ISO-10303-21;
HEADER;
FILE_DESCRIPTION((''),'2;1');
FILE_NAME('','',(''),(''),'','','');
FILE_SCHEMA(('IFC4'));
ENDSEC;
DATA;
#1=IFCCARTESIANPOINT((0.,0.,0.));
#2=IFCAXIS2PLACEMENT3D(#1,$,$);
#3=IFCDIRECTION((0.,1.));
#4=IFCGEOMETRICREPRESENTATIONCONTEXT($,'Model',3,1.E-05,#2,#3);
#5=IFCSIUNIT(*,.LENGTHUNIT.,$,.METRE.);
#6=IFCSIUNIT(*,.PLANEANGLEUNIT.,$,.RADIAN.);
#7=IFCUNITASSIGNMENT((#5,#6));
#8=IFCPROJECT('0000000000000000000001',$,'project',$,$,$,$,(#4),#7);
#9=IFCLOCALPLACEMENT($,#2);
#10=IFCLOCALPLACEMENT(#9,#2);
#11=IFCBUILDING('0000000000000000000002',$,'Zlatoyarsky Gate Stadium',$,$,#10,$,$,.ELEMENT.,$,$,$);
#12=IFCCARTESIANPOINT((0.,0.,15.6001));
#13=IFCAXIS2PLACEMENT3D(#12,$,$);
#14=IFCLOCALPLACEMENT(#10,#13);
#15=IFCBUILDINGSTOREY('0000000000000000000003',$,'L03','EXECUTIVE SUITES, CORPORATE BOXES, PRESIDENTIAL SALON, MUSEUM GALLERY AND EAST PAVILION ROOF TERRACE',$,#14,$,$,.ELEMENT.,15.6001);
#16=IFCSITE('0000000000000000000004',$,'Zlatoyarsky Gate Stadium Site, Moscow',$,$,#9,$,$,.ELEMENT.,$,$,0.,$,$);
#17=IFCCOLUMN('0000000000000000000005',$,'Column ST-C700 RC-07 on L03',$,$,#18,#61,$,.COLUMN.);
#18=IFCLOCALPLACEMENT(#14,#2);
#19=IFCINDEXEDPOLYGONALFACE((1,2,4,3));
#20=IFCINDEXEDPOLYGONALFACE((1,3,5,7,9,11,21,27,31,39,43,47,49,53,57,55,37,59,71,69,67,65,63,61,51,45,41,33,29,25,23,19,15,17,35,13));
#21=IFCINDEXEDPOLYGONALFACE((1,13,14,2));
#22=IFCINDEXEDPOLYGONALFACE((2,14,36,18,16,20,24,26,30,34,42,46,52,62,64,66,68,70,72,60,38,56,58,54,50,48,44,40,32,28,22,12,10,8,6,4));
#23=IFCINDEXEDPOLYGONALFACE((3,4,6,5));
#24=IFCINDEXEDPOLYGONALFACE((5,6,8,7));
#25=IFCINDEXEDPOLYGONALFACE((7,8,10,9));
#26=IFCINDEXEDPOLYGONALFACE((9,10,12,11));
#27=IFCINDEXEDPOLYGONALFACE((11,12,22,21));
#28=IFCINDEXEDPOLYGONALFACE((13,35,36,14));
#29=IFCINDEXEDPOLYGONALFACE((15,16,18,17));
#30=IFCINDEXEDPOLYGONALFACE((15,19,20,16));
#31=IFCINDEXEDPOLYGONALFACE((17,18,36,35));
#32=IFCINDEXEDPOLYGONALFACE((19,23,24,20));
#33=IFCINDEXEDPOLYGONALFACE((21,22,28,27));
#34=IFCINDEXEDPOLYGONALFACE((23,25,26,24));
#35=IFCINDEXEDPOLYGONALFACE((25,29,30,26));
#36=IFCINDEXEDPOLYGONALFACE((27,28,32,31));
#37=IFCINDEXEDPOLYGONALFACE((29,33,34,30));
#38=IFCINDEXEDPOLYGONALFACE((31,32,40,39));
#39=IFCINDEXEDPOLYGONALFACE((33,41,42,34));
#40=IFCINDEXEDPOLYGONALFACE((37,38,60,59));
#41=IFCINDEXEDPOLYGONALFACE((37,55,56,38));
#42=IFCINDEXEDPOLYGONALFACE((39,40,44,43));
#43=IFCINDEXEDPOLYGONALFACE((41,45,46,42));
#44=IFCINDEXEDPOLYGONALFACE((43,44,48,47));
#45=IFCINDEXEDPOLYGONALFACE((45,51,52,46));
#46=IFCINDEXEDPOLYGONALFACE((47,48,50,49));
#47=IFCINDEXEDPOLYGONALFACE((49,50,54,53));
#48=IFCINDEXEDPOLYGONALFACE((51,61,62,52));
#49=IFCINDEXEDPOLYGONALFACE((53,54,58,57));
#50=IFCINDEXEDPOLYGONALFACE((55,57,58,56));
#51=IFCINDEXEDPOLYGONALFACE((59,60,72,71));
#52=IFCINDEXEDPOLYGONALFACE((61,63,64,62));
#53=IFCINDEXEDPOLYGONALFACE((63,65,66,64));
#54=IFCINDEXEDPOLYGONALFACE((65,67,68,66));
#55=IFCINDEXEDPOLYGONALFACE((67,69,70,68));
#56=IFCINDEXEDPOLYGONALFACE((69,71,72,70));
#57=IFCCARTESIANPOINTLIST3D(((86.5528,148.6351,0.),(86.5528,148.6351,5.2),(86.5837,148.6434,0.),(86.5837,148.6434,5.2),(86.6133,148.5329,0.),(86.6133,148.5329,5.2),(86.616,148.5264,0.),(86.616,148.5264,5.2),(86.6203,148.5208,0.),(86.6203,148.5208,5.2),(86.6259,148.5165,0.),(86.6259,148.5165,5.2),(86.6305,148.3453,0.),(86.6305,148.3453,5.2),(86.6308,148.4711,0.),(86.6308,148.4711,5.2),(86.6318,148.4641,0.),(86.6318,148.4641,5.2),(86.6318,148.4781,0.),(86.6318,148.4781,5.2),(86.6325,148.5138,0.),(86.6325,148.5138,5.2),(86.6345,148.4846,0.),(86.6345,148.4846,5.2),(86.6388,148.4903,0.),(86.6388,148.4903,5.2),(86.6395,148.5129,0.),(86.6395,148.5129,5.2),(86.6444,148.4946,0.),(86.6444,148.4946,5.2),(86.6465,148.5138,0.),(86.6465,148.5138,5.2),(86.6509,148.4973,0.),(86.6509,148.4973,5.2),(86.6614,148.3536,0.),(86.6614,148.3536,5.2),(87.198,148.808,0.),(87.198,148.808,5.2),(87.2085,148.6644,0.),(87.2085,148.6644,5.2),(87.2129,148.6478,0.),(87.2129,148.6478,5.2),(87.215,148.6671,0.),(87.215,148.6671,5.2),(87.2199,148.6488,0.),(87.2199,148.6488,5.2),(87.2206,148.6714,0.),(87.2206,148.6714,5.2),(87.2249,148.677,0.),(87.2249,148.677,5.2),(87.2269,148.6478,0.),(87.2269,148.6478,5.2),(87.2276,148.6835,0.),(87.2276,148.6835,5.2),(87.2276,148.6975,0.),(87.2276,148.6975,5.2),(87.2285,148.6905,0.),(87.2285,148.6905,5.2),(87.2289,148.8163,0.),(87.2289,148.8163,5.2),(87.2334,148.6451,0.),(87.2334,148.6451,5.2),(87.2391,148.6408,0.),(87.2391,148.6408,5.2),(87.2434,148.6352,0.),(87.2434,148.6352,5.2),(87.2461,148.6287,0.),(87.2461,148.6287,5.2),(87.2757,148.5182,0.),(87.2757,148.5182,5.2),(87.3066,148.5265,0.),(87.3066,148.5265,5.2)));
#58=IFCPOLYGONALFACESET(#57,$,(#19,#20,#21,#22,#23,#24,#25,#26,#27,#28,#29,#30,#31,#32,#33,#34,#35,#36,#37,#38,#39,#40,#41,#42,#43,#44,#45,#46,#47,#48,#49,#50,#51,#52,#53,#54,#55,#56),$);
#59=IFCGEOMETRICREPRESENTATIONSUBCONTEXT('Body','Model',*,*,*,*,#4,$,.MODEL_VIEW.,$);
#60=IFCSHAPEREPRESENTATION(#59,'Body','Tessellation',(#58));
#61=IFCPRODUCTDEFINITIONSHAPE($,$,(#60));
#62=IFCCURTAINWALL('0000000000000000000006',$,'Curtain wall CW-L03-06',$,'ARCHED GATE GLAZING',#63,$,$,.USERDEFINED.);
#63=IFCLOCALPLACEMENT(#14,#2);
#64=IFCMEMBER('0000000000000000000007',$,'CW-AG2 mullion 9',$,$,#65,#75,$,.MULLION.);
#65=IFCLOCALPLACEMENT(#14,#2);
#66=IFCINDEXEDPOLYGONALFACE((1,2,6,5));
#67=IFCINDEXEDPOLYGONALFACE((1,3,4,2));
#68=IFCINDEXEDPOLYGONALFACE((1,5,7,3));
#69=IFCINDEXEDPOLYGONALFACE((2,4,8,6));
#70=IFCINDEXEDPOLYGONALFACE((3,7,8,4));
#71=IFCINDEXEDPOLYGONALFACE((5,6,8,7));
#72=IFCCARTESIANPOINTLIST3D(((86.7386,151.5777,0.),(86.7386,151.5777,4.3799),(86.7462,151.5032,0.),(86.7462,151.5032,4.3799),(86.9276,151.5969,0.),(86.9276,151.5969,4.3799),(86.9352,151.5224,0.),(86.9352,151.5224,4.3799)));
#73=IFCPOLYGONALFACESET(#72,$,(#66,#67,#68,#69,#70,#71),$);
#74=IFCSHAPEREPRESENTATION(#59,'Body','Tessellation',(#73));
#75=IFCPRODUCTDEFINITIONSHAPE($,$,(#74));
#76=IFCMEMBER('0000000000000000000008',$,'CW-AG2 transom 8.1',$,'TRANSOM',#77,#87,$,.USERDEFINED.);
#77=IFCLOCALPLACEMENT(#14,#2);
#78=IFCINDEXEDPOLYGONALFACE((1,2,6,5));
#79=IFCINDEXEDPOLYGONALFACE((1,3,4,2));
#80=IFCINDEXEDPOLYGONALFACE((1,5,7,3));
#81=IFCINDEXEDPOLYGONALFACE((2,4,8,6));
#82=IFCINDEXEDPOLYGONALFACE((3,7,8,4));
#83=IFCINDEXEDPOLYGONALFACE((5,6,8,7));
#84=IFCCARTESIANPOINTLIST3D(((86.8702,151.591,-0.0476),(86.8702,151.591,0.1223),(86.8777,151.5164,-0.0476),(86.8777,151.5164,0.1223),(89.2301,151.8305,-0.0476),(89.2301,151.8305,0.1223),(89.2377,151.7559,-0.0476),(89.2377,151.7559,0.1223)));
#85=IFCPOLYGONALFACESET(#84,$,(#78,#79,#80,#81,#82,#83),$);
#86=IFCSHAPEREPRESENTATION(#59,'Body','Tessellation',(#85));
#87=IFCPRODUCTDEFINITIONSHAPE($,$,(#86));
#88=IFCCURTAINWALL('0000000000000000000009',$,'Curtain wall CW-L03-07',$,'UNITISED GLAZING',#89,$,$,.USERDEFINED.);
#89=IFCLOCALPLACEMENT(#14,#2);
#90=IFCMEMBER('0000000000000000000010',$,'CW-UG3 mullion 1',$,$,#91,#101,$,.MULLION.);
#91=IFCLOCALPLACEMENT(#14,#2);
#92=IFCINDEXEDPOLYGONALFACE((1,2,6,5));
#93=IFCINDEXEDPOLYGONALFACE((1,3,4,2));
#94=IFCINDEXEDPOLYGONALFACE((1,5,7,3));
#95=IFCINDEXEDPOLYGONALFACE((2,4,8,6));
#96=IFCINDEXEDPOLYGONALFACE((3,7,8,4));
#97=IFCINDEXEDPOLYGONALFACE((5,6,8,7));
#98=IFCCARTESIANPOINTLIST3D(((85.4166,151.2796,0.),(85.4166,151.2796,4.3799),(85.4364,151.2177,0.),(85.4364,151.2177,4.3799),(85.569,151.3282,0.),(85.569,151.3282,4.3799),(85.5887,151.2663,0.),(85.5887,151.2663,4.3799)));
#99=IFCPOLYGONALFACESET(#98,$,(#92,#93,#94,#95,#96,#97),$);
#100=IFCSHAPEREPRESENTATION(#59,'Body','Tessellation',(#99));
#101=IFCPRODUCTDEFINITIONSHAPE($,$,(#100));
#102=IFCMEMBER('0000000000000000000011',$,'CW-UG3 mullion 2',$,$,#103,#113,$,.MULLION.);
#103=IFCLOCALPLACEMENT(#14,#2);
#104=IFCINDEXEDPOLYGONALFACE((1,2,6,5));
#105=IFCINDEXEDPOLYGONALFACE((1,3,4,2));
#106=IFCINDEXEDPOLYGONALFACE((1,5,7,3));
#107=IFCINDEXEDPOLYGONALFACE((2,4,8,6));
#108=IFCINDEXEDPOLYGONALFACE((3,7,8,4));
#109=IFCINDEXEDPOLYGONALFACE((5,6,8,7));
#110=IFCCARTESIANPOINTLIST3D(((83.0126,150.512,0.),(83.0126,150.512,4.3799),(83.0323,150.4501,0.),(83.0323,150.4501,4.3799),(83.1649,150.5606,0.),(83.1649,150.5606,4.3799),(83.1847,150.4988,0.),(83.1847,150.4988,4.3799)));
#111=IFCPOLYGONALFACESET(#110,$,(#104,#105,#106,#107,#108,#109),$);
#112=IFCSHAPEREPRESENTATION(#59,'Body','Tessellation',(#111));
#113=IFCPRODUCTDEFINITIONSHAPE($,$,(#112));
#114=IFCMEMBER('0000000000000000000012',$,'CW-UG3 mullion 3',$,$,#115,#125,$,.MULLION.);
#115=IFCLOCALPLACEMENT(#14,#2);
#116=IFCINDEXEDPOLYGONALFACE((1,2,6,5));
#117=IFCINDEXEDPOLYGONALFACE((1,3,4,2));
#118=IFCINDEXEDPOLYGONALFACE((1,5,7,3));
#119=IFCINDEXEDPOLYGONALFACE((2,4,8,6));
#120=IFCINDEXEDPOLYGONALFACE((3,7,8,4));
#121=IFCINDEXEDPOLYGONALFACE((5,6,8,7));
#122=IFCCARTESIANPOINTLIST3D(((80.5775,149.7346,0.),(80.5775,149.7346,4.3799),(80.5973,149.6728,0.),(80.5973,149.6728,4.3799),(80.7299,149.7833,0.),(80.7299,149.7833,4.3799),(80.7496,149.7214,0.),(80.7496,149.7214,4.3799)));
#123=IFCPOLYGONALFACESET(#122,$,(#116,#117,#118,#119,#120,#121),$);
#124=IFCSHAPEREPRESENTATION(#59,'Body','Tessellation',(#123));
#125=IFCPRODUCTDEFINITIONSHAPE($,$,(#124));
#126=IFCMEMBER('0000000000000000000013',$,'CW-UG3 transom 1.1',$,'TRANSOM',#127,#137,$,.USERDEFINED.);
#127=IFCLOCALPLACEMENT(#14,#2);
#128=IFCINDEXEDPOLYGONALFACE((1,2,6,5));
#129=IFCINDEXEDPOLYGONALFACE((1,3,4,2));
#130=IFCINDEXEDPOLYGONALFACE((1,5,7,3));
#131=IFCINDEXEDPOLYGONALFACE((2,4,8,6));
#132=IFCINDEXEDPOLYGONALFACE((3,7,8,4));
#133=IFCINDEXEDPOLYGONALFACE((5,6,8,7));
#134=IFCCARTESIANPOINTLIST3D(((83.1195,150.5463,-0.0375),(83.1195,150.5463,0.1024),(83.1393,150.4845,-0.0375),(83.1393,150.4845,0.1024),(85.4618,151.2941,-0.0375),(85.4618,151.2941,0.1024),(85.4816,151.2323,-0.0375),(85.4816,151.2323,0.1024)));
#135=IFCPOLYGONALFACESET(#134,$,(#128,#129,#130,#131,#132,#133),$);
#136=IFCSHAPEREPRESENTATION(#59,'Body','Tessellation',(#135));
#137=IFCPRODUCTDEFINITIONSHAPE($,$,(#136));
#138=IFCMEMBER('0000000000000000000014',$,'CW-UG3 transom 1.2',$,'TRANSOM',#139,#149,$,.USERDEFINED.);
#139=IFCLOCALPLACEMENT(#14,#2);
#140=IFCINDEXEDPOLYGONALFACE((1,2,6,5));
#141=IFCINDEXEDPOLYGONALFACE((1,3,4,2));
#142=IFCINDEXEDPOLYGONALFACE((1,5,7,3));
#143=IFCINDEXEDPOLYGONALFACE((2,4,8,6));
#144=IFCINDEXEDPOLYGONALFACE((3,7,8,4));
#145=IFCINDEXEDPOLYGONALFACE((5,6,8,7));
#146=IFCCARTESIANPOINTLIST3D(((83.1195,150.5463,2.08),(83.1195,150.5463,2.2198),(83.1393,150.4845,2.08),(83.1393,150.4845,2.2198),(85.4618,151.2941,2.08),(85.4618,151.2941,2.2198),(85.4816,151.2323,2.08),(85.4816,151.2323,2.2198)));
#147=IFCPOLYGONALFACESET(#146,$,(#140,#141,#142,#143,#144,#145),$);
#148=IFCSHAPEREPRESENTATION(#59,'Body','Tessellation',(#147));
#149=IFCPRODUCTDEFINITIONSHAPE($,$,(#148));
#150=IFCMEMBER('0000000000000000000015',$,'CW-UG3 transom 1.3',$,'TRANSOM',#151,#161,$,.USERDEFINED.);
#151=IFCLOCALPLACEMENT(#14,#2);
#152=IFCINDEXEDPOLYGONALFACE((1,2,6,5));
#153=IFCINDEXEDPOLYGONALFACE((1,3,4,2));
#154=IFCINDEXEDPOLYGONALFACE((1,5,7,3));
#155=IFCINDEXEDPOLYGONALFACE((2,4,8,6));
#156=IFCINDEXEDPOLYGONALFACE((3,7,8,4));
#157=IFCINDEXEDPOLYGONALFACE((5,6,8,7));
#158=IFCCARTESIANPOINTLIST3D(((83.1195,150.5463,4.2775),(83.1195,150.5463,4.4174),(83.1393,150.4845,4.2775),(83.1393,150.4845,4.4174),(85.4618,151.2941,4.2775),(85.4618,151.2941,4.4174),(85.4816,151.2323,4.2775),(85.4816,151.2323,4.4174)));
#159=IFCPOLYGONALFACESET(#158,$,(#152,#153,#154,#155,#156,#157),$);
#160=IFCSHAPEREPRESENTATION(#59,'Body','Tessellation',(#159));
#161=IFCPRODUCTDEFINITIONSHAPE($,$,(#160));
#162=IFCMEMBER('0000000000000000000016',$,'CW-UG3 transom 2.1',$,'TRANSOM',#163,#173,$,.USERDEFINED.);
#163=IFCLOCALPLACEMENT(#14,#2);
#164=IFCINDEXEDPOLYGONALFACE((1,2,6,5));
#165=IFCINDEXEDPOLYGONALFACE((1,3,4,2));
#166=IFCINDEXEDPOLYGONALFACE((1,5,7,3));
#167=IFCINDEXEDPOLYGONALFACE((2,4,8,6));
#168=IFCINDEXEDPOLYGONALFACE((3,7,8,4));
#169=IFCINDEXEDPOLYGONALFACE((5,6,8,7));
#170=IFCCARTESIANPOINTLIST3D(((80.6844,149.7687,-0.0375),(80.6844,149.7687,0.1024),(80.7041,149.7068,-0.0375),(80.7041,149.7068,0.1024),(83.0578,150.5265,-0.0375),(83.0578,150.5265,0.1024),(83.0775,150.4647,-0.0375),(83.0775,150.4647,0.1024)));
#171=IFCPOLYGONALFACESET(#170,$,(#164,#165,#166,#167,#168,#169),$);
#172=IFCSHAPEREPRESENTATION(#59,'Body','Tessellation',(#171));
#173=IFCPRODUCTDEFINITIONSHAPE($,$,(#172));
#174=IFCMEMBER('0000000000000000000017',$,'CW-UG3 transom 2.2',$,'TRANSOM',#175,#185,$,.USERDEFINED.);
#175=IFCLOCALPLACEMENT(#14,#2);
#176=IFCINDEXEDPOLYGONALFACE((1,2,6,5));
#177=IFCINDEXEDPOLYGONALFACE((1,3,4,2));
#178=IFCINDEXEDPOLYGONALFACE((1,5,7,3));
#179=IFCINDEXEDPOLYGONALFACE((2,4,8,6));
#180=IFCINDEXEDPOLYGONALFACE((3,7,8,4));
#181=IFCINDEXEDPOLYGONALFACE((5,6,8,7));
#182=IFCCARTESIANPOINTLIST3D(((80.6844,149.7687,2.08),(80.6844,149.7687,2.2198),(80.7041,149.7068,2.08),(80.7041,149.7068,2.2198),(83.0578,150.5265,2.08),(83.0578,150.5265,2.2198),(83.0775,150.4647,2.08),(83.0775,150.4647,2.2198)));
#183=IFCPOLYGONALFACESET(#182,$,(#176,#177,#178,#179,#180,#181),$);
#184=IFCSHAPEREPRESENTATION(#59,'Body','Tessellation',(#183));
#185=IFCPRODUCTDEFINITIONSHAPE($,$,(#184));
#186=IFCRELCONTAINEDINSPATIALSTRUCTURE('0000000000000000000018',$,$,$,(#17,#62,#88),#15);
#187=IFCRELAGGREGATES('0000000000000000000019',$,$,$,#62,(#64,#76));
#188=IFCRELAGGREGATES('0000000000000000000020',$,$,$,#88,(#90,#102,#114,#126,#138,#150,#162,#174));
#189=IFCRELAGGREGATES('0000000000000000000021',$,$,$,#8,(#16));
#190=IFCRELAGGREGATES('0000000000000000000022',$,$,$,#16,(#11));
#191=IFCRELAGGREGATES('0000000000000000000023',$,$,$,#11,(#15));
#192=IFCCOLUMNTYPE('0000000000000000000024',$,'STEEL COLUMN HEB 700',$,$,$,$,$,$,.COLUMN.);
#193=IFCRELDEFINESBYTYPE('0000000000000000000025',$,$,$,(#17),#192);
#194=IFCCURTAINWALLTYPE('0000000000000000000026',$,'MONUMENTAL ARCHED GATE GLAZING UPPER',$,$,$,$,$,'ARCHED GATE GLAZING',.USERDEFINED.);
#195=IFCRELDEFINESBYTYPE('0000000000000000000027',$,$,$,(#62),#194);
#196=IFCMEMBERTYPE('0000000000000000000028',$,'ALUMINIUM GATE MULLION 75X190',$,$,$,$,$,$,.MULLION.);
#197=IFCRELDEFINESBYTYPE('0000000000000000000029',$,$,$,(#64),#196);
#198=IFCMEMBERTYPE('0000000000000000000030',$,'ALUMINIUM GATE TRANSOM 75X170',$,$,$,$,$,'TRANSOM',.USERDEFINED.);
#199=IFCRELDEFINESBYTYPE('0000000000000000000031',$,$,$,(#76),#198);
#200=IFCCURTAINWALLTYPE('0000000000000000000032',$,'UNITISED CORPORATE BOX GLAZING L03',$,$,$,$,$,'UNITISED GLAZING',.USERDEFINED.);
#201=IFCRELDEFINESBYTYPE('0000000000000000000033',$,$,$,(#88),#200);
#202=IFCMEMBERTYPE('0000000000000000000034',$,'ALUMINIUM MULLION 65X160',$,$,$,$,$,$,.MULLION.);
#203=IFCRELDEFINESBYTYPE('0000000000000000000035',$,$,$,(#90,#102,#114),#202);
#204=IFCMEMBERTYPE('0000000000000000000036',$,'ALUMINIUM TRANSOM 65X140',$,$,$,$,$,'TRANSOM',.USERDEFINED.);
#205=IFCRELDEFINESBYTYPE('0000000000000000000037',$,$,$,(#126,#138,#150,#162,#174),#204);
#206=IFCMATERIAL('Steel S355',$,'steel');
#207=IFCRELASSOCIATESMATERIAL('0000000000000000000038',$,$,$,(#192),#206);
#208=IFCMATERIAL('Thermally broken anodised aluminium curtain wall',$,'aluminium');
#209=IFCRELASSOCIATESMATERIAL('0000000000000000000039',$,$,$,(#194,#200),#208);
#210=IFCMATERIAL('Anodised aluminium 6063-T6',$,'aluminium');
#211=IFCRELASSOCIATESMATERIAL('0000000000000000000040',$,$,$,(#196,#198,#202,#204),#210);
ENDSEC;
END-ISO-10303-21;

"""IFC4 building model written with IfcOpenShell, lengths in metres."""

from ifc_helpers import new_model, si_unit, direction, frame, origin, origin_2d, place, context, subcontext, project, spatial, rectangle, i_section, extrude, material, material_profile, profile_set, type_object, element, aggregate, save


model = new_model("IFC4")

# Units and contexts
model_context = context("Model", 3, precision=1e-05, world=origin(), true_north=direction((0.0, 1.0)))
body_context = subcontext(model_context, "Body", "Model", "MODEL_VIEW")
ifc_project = project(units=[si_unit("LENGTHUNIT", "METRE"), si_unit("PLANEANGLEUNIT", "RADIAN")], contexts=[model_context])

# Site, building, storey
site_placement = place(None, origin())
site = spatial("IfcSite", under=ifc_project, at=site_placement, Name="Zlatoyarsky Gate Stadium Site, Moscow", CompositionType="ELEMENT", RefElevation=0.0)
building_placement = place(site_placement, origin())
building = spatial("IfcBuilding", under=site, at=building_placement, Name="Zlatoyarsky Gate Stadium", CompositionType="ELEMENT")
storey_placement = place(building_placement, frame((0.0, 0.0, 15.6001)))
storey = spatial("IfcBuildingStorey", under=building, at=storey_placement, Name="L03", Description="EXECUTIVE SUITES, CORPORATE BOXES, PRESIDENTIAL SALON, MUSEUM GALLERY AND EAST PAVILION ROOF TERRACE", CompositionType="ELEMENT", Elevation=15.6001)

# Column
ifc_material_1 = material(Name="Steel S355", Category="steel")
ifc_material_profile_1 = material_profile(ifc_material_1, i_section(OverallWidth=0.3, OverallDepth=0.7, WebThickness=0.0171, FlangeThickness=0.032, FilletRadius=0.0271, at=origin_2d()), Name="HEB 700")
ifc_profile_set_1 = profile_set([ifc_material_profile_1], Name="Steel S355")
column_type = type_object("IfcColumnType", Name="STEEL COLUMN HEB 700", PredefinedType="COLUMN", material=ifc_profile_set_1)
column_placement = place(storey_placement, frame((86.9297, 148.5808, 0.0), z_axis=(0.0, 0.0, 1.0), x_axis=(-0.258819, 0.965926, 0.0)))
element("IfcColumn", 1, at=column_placement, inside=storey, type_object=column_type, Name="Column ST-C700 RC-07 on L03", PredefinedType="COLUMN", context=body_context, shape_type="SweptSolid", body=[
    extrude(i_section(OverallWidth=0.3, OverallDepth=0.7, WebThickness=0.0171, FlangeThickness=0.032, FilletRadius=0.0271, at=origin_2d()), origin(), (0.0, 0.0, 1.0), 5.2),
])

# Curtain walls, members
ifc_material_2 = material(Name="Thermally broken anodised aluminium curtain wall", Category="aluminium")
curtain_wall_type_1 = type_object("IfcCurtainWallType", Name="MONUMENTAL ARCHED GATE GLAZING UPPER", ElementType="ARCHED GATE GLAZING", PredefinedType="USERDEFINED", material=ifc_material_2)
curtain_wall_1_placement = place(storey_placement, origin())
curtain_wall_1 = element("IfcCurtainWall", 2, at=curtain_wall_1_placement, inside=storey, type_object=curtain_wall_type_1, Name="Curtain wall CW-L03-06", ObjectType="ARCHED GATE GLAZING", PredefinedType="USERDEFINED")
ifc_material_3 = material(Name="Anodised aluminium 6063-T6", Category="aluminium")
ifc_material_profile_2 = material_profile(ifc_material_3, rectangle(XDim=0.075, YDim=0.1899, at=origin_2d()), Name="ALU 75X190")
ifc_profile_set_2 = profile_set([ifc_material_profile_2], Name="Anodised aluminium 6063-T6")
member_type_1 = type_object("IfcMemberType", Name="ALUMINIUM GATE MULLION 75X190", PredefinedType="MULLION", material=ifc_profile_set_2)
member_1_placement = place(storey_placement, frame((86.8369, 151.55, 0.0), z_axis=(0.0, 0.0, 1.0), x_axis=(0.100967, -0.99489, 0.0)))
member_1 = element("IfcMember", 3, at=member_1_placement, type_object=member_type_1, Name="CW-AG2 mullion 9", PredefinedType="MULLION", context=body_context, shape_type="SweptSolid", body=[
    extrude(rectangle(XDim=0.075, YDim=0.1899, at=origin_2d()), origin(), (0.0, 0.0, 1.0), 4.3799),
])
ifc_material_profile_3 = material_profile(ifc_material_3, rectangle(XDim=0.075, YDim=0.1699, at=origin_2d()), Name="ALU 75X170")
ifc_profile_set_3 = profile_set([ifc_material_profile_3], Name="Anodised aluminium 6063-T6")
member_type_2 = type_object("IfcMemberType", Name="ALUMINIUM GATE TRANSOM 75X170", ElementType="TRANSOM", PredefinedType="USERDEFINED", material=ifc_profile_set_3)
member_2_placement = place(storey_placement, frame((89.2339, 151.7932, 0.0374), z_axis=(-0.994889, -0.100971, 0.0), x_axis=(0.100971, -0.994889, 0.0)))
member_2 = element("IfcMember", 4, at=member_2_placement, type_object=member_type_2, Name="CW-AG2 transom 8.1", ObjectType="TRANSOM", PredefinedType="USERDEFINED", context=body_context, shape_type="SweptSolid", body=[
    extrude(rectangle(XDim=0.075, YDim=0.1699, at=origin_2d()), origin(), (0.0, 0.0, 1.0), 2.3721),
])
curtain_wall_type_2 = type_object("IfcCurtainWallType", Name="UNITISED CORPORATE BOX GLAZING L03", ElementType="UNITISED GLAZING", PredefinedType="USERDEFINED", material=ifc_material_2)
curtain_wall_2_placement = place(storey_placement, origin())
curtain_wall_2 = element("IfcCurtainWall", 5, at=curtain_wall_2_placement, inside=storey, type_object=curtain_wall_type_2, Name="Curtain wall CW-L03-07", ObjectType="UNITISED GLAZING", PredefinedType="USERDEFINED")
ifc_material_profile_4 = material_profile(ifc_material_3, rectangle(XDim=0.0649, YDim=0.1599, at=origin_2d()), Name="ALU 65X160")
ifc_profile_set_4 = profile_set([ifc_material_profile_4], Name="Anodised aluminium 6063-T6")
member_type_3 = type_object("IfcMemberType", Name="ALUMINIUM MULLION 65X160", PredefinedType="MULLION", material=ifc_profile_set_4)
member_3_placement = place(storey_placement, frame((85.5027, 151.2729, 0.0), z_axis=(0.0, 0.0, 1.0), x_axis=(0.304162, -0.95262, 0.0)))
member_3 = element("IfcMember", 6, at=member_3_placement, type_object=member_type_3, Name="CW-UG3 mullion 1", PredefinedType="MULLION", context=body_context, shape_type="SweptSolid", body=[
    extrude(rectangle(XDim=0.0649, YDim=0.1599, at=origin_2d()), origin(), (0.0, 0.0, 1.0), 4.3799),
])
member_4_placement = place(storey_placement, frame((83.0986, 150.5054, 0.0), z_axis=(0.0, 0.0, 1.0), x_axis=(0.304162, -0.95262, 0.0)))
member_4 = element("IfcMember", 7, at=member_4_placement, type_object=member_type_3, Name="CW-UG3 mullion 2", PredefinedType="MULLION", context=body_context, shape_type="SweptSolid", body=[
    extrude(rectangle(XDim=0.0649, YDim=0.1599, at=origin_2d()), origin(), (0.0, 0.0, 1.0), 4.3799),
])
member_5_placement = place(storey_placement, frame((80.6636, 149.728, 0.0), z_axis=(0.0, 0.0, 1.0), x_axis=(0.304162, -0.95262, 0.0)))
member_5 = element("IfcMember", 8, at=member_5_placement, type_object=member_type_3, Name="CW-UG3 mullion 3", PredefinedType="MULLION", context=body_context, shape_type="SweptSolid", body=[
    extrude(rectangle(XDim=0.0649, YDim=0.1599, at=origin_2d()), origin(), (0.0, 0.0, 1.0), 4.3799),
])
ifc_material_profile_5 = material_profile(ifc_material_3, rectangle(XDim=0.0649, YDim=0.1399, at=origin_2d()), Name="ALU 65X140")
ifc_profile_set_5 = profile_set([ifc_material_profile_5], Name="Anodised aluminium 6063-T6")
member_type_4 = type_object("IfcMemberType", Name="ALUMINIUM TRANSOM 65X140", ElementType="TRANSOM", PredefinedType="USERDEFINED", material=ifc_profile_set_5)
member_6_placement = place(storey_placement, frame((85.4717, 151.2632, 0.0325), z_axis=(-0.952628, -0.304138, 0.0), x_axis=(0.304138, -0.952628, 0.0)))
member_6 = element("IfcMember", 9, at=member_6_placement, type_object=member_type_4, Name="CW-UG3 transom 1.1", ObjectType="TRANSOM", PredefinedType="USERDEFINED", context=body_context, shape_type="SweptSolid", body=[
    extrude(rectangle(XDim=0.0649, YDim=0.1399, at=origin_2d()), origin(), (0.0, 0.0, 1.0), 2.4587),
])
member_7_placement = place(storey_placement, frame((85.4717, 151.2632, 2.1499), z_axis=(-0.952628, -0.304138, 0.0), x_axis=(0.304138, -0.952628, 0.0)))
member_7 = element("IfcMember", 10, at=member_7_placement, type_object=member_type_4, Name="CW-UG3 transom 1.2", ObjectType="TRANSOM", PredefinedType="USERDEFINED", context=body_context, shape_type="SweptSolid", body=[
    extrude(rectangle(XDim=0.0649, YDim=0.1399, at=origin_2d()), origin(), (0.0, 0.0, 1.0), 2.4587),
])
member_8_placement = place(storey_placement, frame((85.4717, 151.2632, 4.3474), z_axis=(-0.952628, -0.304138, 0.0), x_axis=(0.304138, -0.952628, 0.0)))
member_8 = element("IfcMember", 11, at=member_8_placement, type_object=member_type_4, Name="CW-UG3 transom 1.3", ObjectType="TRANSOM", PredefinedType="USERDEFINED", context=body_context, shape_type="SweptSolid", body=[
    extrude(rectangle(XDim=0.0649, YDim=0.1399, at=origin_2d()), origin(), (0.0, 0.0, 1.0), 2.4587),
])
member_9_placement = place(storey_placement, frame((83.0676, 150.4956, 0.0325), z_axis=(-0.952615, -0.304178, 0.0), x_axis=(0.304178, -0.952615, 0.0)))
member_9 = element("IfcMember", 12, at=member_9_placement, type_object=member_type_4, Name="CW-UG3 transom 2.1", ObjectType="TRANSOM", PredefinedType="USERDEFINED", context=body_context, shape_type="SweptSolid", body=[
    extrude(rectangle(XDim=0.0649, YDim=0.1399, at=origin_2d()), origin(), (0.0, 0.0, 1.0), 2.4915),
])
member_10_placement = place(storey_placement, frame((83.0676, 150.4956, 2.1499), z_axis=(-0.952615, -0.304178, 0.0), x_axis=(0.304178, -0.952615, 0.0)))
member_10 = element("IfcMember", 13, at=member_10_placement, type_object=member_type_4, Name="CW-UG3 transom 2.2", ObjectType="TRANSOM", PredefinedType="USERDEFINED", context=body_context, shape_type="SweptSolid", body=[
    extrude(rectangle(XDim=0.0649, YDim=0.1399, at=origin_2d()), origin(), (0.0, 0.0, 1.0), 2.4915),
])

aggregate(curtain_wall_1, [member_1, member_2])
aggregate(curtain_wall_2, [member_3, member_4, member_5, member_6, member_7, member_8, member_9, member_10])

save(model, "model.ifc")
